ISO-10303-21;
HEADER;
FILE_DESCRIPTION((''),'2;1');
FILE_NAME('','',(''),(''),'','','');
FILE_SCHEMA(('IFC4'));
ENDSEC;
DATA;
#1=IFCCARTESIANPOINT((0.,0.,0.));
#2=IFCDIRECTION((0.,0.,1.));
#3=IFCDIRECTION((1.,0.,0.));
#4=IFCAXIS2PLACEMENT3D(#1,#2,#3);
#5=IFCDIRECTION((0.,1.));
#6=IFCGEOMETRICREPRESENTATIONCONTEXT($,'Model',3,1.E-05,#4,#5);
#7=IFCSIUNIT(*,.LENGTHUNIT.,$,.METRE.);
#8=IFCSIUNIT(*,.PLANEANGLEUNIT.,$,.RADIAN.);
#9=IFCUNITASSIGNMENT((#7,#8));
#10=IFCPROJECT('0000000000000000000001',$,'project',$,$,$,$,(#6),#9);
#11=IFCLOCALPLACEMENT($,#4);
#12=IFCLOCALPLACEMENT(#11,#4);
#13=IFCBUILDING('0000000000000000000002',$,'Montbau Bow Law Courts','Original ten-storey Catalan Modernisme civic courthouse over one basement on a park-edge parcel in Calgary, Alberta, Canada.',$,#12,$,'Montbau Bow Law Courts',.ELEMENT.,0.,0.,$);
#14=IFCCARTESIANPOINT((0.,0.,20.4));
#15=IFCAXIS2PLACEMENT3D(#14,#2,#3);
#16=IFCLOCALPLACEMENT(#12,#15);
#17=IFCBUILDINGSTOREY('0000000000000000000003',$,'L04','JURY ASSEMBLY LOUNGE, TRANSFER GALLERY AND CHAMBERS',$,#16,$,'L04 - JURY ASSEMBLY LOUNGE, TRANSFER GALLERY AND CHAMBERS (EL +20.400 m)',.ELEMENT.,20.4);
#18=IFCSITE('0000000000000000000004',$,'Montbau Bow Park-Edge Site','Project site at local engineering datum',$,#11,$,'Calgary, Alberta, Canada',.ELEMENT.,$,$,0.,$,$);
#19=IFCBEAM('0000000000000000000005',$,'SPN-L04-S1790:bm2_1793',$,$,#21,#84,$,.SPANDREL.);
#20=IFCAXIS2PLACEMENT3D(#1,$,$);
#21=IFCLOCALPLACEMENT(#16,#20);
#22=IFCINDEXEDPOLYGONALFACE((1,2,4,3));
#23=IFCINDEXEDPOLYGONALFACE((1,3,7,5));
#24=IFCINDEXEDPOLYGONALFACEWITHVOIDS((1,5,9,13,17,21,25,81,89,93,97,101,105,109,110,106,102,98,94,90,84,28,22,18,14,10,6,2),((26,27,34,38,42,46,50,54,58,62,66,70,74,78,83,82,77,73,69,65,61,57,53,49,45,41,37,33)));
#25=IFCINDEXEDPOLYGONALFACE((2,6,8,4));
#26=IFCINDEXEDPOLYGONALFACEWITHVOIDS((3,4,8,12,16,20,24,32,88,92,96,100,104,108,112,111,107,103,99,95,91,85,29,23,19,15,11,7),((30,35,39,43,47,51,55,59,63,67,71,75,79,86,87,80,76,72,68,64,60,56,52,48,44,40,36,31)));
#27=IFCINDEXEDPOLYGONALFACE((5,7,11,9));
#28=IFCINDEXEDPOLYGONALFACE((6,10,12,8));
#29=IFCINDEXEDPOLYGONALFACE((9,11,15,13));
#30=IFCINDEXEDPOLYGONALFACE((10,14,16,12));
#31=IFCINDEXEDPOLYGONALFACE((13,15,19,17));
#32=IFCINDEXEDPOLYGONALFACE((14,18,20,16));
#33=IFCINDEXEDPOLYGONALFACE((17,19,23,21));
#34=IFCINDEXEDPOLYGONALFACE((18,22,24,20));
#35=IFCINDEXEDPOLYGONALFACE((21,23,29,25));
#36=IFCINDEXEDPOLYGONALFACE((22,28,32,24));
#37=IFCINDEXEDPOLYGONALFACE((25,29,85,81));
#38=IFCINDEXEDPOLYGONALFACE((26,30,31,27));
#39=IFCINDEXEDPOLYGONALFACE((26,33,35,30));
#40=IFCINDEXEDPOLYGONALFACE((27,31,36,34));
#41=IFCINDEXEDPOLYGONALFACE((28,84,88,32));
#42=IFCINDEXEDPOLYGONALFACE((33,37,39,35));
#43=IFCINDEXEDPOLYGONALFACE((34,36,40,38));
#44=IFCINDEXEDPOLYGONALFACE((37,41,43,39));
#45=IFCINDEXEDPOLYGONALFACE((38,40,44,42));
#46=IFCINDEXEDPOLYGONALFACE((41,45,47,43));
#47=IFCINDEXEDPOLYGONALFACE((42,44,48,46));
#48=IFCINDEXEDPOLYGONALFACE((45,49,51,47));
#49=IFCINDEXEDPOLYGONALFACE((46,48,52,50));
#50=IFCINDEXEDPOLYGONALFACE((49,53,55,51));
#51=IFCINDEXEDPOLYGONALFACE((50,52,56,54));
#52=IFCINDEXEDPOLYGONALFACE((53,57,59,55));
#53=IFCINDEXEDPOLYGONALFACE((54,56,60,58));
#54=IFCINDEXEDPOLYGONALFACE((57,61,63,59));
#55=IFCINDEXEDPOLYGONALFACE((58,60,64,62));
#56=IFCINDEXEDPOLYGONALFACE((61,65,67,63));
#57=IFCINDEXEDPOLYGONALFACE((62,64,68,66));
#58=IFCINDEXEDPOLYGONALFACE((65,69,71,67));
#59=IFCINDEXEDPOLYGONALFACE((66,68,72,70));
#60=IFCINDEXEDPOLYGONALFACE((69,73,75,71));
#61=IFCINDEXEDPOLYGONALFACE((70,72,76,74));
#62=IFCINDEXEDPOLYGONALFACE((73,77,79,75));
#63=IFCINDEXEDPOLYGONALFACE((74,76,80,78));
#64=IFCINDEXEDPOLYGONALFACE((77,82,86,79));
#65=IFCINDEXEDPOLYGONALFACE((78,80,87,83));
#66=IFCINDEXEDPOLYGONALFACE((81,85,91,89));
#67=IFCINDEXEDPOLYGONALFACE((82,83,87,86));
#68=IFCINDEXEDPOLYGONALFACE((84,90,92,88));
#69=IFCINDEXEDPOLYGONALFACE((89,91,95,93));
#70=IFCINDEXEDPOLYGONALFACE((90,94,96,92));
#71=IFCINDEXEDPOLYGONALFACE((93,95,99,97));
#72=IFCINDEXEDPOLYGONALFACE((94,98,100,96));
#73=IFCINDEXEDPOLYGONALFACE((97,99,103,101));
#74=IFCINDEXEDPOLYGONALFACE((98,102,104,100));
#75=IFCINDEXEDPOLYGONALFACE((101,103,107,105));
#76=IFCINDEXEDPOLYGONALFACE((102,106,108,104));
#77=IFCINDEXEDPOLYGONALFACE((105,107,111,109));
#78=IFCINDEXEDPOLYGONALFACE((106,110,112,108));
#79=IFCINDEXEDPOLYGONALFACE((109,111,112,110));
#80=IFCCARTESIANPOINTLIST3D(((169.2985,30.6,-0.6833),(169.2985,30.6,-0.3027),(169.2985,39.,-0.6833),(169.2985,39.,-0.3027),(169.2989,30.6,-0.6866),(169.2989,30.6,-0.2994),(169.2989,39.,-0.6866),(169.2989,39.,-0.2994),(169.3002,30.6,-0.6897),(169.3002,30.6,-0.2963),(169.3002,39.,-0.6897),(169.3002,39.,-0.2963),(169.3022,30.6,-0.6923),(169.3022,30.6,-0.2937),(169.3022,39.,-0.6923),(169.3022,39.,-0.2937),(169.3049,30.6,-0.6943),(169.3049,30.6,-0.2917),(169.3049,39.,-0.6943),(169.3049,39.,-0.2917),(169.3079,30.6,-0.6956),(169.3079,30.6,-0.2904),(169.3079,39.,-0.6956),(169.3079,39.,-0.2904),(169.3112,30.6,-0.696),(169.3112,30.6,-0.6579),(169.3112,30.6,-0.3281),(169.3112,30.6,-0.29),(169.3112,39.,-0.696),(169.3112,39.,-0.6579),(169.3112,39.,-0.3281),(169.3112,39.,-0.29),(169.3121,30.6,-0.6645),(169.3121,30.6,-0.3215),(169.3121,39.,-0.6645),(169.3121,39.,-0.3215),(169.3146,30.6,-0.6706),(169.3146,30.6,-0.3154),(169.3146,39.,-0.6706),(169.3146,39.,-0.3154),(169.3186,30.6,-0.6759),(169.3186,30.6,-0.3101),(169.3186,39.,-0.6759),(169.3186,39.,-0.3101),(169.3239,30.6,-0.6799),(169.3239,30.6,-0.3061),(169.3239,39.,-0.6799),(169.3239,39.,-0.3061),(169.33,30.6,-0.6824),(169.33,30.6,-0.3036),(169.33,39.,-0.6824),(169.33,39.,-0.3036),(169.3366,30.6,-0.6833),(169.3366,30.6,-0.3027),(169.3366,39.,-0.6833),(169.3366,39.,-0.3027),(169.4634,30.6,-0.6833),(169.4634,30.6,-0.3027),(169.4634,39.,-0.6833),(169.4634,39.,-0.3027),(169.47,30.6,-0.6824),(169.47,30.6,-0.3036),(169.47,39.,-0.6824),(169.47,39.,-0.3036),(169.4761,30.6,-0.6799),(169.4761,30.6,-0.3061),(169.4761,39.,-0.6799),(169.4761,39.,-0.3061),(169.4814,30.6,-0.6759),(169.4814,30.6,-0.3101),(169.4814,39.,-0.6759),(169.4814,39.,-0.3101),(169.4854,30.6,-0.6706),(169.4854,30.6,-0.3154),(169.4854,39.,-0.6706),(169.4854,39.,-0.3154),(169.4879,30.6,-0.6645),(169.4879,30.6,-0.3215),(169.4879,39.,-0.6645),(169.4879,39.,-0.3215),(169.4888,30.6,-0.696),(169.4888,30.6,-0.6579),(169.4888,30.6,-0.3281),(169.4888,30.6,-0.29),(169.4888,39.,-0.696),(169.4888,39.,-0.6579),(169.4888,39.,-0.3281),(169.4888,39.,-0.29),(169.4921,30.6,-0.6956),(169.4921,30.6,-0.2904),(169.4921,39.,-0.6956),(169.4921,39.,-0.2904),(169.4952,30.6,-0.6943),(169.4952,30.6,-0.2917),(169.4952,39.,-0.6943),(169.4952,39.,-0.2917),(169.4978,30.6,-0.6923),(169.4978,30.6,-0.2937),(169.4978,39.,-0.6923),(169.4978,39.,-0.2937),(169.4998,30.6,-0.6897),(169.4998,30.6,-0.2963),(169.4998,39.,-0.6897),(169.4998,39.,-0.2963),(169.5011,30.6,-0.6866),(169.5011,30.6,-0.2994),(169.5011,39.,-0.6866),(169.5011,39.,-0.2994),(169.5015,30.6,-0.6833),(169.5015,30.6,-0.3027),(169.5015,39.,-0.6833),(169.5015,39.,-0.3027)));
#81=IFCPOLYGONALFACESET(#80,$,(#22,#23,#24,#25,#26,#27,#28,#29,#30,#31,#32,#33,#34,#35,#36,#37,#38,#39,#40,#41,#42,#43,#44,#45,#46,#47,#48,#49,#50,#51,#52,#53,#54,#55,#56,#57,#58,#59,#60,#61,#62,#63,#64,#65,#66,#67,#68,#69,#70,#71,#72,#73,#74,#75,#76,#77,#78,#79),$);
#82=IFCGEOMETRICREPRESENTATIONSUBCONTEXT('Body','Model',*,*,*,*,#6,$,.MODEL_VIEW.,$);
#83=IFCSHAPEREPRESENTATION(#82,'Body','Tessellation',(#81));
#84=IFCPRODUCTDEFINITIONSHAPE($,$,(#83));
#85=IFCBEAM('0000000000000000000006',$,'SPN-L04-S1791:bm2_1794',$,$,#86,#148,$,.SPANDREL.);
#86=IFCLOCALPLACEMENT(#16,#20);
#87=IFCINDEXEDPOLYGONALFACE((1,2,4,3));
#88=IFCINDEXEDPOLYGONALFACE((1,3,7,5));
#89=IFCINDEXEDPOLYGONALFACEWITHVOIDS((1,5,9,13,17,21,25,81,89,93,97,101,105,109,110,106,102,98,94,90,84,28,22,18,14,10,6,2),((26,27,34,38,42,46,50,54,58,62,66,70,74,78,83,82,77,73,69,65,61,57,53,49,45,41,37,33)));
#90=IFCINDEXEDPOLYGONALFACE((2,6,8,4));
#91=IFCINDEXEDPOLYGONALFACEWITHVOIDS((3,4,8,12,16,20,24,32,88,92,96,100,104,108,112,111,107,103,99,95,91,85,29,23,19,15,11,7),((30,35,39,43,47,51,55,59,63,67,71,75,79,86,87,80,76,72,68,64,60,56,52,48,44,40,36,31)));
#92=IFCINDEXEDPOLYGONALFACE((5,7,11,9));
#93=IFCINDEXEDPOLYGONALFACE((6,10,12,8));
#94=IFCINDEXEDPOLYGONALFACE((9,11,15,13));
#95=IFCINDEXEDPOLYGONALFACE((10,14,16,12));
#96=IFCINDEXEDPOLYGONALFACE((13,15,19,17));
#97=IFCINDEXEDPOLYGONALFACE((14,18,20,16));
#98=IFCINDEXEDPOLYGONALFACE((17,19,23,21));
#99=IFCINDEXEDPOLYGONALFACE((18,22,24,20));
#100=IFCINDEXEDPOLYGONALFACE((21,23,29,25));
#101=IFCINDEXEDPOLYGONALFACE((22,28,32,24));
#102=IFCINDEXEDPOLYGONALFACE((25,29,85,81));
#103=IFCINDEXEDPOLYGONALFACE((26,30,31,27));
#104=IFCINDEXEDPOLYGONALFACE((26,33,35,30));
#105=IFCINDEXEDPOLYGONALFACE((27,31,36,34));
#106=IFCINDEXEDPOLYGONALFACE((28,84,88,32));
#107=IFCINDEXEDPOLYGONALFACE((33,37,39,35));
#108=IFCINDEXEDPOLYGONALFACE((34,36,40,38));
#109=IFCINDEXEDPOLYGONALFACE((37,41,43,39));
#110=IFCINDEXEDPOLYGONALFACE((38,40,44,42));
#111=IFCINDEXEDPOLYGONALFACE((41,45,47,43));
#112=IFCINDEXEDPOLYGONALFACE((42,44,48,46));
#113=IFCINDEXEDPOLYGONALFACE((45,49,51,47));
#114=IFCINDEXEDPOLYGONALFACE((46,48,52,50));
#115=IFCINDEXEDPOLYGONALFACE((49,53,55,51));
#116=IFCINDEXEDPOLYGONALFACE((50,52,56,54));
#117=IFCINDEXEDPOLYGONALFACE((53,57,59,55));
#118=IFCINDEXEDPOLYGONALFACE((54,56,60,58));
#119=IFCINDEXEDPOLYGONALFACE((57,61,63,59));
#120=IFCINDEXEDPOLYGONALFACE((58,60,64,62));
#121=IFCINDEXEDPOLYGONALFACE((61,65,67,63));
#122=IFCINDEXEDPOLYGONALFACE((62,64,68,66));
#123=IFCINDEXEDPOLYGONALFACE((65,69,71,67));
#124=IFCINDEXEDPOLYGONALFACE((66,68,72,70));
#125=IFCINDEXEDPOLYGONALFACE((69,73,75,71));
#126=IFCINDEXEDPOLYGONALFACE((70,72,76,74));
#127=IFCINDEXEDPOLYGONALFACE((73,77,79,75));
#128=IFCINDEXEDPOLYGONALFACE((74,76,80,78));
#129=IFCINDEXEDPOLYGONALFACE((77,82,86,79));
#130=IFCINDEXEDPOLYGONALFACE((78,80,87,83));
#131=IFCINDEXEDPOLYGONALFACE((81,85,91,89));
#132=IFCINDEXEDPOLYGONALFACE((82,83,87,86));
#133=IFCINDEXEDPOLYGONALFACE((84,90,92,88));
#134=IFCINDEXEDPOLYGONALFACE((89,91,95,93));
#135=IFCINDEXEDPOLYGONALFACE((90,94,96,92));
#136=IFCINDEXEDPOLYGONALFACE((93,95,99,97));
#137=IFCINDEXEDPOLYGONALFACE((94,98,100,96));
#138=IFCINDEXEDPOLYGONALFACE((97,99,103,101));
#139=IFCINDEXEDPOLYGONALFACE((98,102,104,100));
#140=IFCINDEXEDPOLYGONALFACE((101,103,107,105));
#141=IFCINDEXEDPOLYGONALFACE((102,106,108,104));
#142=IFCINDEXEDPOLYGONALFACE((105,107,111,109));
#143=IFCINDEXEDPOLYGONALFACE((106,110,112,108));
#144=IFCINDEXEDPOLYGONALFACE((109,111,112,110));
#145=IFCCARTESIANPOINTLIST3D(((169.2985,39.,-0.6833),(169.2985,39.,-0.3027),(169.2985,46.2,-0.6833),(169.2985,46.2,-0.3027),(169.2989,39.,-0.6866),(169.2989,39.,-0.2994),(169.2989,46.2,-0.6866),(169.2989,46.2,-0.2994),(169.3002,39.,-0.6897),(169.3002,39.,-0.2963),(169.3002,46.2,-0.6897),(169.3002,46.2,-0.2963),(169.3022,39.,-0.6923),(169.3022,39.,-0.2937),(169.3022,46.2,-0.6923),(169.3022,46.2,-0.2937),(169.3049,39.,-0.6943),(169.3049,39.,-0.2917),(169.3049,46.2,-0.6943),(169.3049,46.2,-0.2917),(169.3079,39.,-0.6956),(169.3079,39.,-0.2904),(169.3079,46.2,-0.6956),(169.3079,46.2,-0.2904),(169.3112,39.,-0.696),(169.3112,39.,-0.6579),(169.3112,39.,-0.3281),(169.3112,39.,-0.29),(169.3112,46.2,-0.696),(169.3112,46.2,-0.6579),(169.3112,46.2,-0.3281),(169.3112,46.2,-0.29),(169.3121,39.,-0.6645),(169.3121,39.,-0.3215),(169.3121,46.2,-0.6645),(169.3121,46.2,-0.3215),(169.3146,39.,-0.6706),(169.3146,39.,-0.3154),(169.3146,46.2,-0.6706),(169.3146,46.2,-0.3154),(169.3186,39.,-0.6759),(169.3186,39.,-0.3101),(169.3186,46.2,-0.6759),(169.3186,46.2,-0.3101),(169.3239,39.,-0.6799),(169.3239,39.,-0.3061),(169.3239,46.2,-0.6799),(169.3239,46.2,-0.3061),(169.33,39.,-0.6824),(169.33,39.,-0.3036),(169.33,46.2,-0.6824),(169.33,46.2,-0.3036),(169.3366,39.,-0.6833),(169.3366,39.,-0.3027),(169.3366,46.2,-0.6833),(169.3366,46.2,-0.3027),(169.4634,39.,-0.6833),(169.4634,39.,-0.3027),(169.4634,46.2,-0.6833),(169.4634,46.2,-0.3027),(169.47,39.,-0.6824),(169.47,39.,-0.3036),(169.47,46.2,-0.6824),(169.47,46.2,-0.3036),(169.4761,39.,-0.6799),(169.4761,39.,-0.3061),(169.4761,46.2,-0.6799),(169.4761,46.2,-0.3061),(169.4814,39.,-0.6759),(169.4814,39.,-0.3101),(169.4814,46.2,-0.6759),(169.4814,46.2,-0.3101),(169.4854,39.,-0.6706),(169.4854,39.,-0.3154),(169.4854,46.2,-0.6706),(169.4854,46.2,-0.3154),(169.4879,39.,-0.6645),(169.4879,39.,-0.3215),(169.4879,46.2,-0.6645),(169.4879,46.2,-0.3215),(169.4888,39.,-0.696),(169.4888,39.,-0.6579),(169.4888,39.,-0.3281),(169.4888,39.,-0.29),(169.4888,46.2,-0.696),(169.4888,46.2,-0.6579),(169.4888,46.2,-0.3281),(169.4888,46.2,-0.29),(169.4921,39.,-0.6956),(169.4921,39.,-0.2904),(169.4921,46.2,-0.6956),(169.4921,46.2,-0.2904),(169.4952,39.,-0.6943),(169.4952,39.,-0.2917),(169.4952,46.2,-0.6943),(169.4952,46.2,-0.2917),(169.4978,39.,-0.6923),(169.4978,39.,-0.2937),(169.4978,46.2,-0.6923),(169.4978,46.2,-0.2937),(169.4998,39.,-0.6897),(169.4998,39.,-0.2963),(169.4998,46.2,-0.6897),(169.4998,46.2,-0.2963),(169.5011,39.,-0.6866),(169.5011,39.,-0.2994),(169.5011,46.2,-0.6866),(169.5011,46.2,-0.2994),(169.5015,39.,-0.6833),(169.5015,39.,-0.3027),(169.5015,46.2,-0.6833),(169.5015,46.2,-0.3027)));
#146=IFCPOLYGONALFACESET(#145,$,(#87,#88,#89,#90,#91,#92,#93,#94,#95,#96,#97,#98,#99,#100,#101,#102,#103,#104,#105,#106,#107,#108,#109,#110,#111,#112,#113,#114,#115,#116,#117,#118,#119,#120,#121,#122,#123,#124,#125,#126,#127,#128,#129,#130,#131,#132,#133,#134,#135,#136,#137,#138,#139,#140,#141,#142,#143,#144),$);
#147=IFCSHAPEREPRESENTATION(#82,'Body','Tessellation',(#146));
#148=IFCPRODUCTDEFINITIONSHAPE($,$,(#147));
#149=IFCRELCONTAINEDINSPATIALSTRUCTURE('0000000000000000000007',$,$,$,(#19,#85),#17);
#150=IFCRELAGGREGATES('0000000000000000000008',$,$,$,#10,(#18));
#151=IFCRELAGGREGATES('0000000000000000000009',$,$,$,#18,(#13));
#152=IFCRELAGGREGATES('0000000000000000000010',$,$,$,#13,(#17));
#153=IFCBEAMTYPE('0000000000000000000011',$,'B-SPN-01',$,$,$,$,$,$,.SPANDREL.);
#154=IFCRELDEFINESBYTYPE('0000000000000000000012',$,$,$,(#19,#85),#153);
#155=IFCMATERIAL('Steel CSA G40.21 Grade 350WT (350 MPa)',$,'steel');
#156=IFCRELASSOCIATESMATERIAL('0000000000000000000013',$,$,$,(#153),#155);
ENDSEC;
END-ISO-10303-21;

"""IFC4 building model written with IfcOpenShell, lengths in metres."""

from ifc_helpers import new_model, si_unit, direction, frame, origin_with_axes, origin_2d_with_axis, place, context, subcontext, project, spatial, hollow_rectangle, extrude, material, material_profile, profile_set, type_object, element, save


model = new_model("IFC4")

# Units and contexts
model_context = context("Model", 3, precision=1e-05, world=origin_with_axes(), true_north=direction((0.0, 1.0)))
body_context = subcontext(model_context, "Body", "Model", "MODEL_VIEW")
ifc_project = project(units=[si_unit("LENGTHUNIT", "METRE"), si_unit("PLANEANGLEUNIT", "RADIAN")], contexts=[model_context])

# Site, building, storey
site_placement = place(None, origin_with_axes())
site = spatial("IfcSite", under=ifc_project, at=site_placement, Name="Montbau Bow Park-Edge Site", Description="Project site at local engineering datum", LongName="Calgary, Alberta, Canada", CompositionType="ELEMENT", RefElevation=0.0)
building_placement = place(site_placement, origin_with_axes())
building = spatial("IfcBuilding", under=site, at=building_placement, Name="Montbau Bow Law Courts", Description="Original ten-storey Catalan Modernisme civic courthouse over one basement on a park-edge parcel in Calgary, Alberta, Canada.", LongName="Montbau Bow Law Courts", CompositionType="ELEMENT", ElevationOfRefHeight=0.0, ElevationOfTerrain=0.0)
storey_placement = place(building_placement, frame((0.0, 0.0, 20.4), z_axis=(0.0, 0.0, 1.0), x_axis=(1.0, 0.0, 0.0)))
storey = spatial("IfcBuildingStorey", under=building, at=storey_placement, Name="L04", Description="JURY ASSEMBLY LOUNGE, TRANSFER GALLERY AND CHAMBERS", LongName="L04 - JURY ASSEMBLY LOUNGE, TRANSFER GALLERY AND CHAMBERS (EL +20.400 m)", CompositionType="ELEMENT", Elevation=20.4)

# Beams
ifc_material_1 = material(Name="Steel CSA G40.21 Grade 350WT (350 MPa)", Category="steel")
ifc_material_profile_1 = material_profile(ifc_material_1, hollow_rectangle(XDim=0.203, YDim=0.406, WallThickness=0.0127, InnerFilletRadius=0.0254, OuterFilletRadius=0.0127, at=origin_2d_with_axis()), Name="HSS406X203X13", Category="Main", Priority=0)
ifc_profile_set_1 = profile_set([ifc_material_profile_1], Name="Steel CSA G40.21 Grade 350WT (350 MPa)")
beam_type_1 = type_object("IfcBeamType", Name="B-SPN-01", PredefinedType="SPANDREL", material=ifc_profile_set_1)
beam_1_placement = place(None, frame((169.4, 30.6, 19.907), z_axis=(0.0, 1.0, 0.0), x_axis=(-1.0, 0.0, 0.0)))
element("IfcBeam", 1, at=beam_1_placement, inside=storey, type_object=beam_type_1, Name="SPN-L04-S1790:bm2_1793", PredefinedType="SPANDREL", context=body_context, shape_type="SweptSolid", body=[
    extrude(hollow_rectangle(XDim=0.203, YDim=0.406, WallThickness=0.0127, InnerFilletRadius=0.0254, OuterFilletRadius=0.0127, at=origin_2d_with_axis()), origin_with_axes(), (0.0, 0.0, 1.0), 8.4),
])
beam_2_placement = place(None, frame((169.4, 39.0, 19.907), z_axis=(0.0, 1.0, 0.0), x_axis=(-1.0, 0.0, 0.0)))
element("IfcBeam", 2, at=beam_2_placement, inside=storey, type_object=beam_type_1, Name="SPN-L04-S1791:bm2_1794", PredefinedType="SPANDREL", context=body_context, shape_type="SweptSolid", body=[
    extrude(hollow_rectangle(XDim=0.203, YDim=0.406, WallThickness=0.0127, InnerFilletRadius=0.0254, OuterFilletRadius=0.0127, at=origin_2d_with_axis()), origin_with_axes(), (0.0, 0.0, 1.0), 7.2),
])

save(model, "model.ifc")
